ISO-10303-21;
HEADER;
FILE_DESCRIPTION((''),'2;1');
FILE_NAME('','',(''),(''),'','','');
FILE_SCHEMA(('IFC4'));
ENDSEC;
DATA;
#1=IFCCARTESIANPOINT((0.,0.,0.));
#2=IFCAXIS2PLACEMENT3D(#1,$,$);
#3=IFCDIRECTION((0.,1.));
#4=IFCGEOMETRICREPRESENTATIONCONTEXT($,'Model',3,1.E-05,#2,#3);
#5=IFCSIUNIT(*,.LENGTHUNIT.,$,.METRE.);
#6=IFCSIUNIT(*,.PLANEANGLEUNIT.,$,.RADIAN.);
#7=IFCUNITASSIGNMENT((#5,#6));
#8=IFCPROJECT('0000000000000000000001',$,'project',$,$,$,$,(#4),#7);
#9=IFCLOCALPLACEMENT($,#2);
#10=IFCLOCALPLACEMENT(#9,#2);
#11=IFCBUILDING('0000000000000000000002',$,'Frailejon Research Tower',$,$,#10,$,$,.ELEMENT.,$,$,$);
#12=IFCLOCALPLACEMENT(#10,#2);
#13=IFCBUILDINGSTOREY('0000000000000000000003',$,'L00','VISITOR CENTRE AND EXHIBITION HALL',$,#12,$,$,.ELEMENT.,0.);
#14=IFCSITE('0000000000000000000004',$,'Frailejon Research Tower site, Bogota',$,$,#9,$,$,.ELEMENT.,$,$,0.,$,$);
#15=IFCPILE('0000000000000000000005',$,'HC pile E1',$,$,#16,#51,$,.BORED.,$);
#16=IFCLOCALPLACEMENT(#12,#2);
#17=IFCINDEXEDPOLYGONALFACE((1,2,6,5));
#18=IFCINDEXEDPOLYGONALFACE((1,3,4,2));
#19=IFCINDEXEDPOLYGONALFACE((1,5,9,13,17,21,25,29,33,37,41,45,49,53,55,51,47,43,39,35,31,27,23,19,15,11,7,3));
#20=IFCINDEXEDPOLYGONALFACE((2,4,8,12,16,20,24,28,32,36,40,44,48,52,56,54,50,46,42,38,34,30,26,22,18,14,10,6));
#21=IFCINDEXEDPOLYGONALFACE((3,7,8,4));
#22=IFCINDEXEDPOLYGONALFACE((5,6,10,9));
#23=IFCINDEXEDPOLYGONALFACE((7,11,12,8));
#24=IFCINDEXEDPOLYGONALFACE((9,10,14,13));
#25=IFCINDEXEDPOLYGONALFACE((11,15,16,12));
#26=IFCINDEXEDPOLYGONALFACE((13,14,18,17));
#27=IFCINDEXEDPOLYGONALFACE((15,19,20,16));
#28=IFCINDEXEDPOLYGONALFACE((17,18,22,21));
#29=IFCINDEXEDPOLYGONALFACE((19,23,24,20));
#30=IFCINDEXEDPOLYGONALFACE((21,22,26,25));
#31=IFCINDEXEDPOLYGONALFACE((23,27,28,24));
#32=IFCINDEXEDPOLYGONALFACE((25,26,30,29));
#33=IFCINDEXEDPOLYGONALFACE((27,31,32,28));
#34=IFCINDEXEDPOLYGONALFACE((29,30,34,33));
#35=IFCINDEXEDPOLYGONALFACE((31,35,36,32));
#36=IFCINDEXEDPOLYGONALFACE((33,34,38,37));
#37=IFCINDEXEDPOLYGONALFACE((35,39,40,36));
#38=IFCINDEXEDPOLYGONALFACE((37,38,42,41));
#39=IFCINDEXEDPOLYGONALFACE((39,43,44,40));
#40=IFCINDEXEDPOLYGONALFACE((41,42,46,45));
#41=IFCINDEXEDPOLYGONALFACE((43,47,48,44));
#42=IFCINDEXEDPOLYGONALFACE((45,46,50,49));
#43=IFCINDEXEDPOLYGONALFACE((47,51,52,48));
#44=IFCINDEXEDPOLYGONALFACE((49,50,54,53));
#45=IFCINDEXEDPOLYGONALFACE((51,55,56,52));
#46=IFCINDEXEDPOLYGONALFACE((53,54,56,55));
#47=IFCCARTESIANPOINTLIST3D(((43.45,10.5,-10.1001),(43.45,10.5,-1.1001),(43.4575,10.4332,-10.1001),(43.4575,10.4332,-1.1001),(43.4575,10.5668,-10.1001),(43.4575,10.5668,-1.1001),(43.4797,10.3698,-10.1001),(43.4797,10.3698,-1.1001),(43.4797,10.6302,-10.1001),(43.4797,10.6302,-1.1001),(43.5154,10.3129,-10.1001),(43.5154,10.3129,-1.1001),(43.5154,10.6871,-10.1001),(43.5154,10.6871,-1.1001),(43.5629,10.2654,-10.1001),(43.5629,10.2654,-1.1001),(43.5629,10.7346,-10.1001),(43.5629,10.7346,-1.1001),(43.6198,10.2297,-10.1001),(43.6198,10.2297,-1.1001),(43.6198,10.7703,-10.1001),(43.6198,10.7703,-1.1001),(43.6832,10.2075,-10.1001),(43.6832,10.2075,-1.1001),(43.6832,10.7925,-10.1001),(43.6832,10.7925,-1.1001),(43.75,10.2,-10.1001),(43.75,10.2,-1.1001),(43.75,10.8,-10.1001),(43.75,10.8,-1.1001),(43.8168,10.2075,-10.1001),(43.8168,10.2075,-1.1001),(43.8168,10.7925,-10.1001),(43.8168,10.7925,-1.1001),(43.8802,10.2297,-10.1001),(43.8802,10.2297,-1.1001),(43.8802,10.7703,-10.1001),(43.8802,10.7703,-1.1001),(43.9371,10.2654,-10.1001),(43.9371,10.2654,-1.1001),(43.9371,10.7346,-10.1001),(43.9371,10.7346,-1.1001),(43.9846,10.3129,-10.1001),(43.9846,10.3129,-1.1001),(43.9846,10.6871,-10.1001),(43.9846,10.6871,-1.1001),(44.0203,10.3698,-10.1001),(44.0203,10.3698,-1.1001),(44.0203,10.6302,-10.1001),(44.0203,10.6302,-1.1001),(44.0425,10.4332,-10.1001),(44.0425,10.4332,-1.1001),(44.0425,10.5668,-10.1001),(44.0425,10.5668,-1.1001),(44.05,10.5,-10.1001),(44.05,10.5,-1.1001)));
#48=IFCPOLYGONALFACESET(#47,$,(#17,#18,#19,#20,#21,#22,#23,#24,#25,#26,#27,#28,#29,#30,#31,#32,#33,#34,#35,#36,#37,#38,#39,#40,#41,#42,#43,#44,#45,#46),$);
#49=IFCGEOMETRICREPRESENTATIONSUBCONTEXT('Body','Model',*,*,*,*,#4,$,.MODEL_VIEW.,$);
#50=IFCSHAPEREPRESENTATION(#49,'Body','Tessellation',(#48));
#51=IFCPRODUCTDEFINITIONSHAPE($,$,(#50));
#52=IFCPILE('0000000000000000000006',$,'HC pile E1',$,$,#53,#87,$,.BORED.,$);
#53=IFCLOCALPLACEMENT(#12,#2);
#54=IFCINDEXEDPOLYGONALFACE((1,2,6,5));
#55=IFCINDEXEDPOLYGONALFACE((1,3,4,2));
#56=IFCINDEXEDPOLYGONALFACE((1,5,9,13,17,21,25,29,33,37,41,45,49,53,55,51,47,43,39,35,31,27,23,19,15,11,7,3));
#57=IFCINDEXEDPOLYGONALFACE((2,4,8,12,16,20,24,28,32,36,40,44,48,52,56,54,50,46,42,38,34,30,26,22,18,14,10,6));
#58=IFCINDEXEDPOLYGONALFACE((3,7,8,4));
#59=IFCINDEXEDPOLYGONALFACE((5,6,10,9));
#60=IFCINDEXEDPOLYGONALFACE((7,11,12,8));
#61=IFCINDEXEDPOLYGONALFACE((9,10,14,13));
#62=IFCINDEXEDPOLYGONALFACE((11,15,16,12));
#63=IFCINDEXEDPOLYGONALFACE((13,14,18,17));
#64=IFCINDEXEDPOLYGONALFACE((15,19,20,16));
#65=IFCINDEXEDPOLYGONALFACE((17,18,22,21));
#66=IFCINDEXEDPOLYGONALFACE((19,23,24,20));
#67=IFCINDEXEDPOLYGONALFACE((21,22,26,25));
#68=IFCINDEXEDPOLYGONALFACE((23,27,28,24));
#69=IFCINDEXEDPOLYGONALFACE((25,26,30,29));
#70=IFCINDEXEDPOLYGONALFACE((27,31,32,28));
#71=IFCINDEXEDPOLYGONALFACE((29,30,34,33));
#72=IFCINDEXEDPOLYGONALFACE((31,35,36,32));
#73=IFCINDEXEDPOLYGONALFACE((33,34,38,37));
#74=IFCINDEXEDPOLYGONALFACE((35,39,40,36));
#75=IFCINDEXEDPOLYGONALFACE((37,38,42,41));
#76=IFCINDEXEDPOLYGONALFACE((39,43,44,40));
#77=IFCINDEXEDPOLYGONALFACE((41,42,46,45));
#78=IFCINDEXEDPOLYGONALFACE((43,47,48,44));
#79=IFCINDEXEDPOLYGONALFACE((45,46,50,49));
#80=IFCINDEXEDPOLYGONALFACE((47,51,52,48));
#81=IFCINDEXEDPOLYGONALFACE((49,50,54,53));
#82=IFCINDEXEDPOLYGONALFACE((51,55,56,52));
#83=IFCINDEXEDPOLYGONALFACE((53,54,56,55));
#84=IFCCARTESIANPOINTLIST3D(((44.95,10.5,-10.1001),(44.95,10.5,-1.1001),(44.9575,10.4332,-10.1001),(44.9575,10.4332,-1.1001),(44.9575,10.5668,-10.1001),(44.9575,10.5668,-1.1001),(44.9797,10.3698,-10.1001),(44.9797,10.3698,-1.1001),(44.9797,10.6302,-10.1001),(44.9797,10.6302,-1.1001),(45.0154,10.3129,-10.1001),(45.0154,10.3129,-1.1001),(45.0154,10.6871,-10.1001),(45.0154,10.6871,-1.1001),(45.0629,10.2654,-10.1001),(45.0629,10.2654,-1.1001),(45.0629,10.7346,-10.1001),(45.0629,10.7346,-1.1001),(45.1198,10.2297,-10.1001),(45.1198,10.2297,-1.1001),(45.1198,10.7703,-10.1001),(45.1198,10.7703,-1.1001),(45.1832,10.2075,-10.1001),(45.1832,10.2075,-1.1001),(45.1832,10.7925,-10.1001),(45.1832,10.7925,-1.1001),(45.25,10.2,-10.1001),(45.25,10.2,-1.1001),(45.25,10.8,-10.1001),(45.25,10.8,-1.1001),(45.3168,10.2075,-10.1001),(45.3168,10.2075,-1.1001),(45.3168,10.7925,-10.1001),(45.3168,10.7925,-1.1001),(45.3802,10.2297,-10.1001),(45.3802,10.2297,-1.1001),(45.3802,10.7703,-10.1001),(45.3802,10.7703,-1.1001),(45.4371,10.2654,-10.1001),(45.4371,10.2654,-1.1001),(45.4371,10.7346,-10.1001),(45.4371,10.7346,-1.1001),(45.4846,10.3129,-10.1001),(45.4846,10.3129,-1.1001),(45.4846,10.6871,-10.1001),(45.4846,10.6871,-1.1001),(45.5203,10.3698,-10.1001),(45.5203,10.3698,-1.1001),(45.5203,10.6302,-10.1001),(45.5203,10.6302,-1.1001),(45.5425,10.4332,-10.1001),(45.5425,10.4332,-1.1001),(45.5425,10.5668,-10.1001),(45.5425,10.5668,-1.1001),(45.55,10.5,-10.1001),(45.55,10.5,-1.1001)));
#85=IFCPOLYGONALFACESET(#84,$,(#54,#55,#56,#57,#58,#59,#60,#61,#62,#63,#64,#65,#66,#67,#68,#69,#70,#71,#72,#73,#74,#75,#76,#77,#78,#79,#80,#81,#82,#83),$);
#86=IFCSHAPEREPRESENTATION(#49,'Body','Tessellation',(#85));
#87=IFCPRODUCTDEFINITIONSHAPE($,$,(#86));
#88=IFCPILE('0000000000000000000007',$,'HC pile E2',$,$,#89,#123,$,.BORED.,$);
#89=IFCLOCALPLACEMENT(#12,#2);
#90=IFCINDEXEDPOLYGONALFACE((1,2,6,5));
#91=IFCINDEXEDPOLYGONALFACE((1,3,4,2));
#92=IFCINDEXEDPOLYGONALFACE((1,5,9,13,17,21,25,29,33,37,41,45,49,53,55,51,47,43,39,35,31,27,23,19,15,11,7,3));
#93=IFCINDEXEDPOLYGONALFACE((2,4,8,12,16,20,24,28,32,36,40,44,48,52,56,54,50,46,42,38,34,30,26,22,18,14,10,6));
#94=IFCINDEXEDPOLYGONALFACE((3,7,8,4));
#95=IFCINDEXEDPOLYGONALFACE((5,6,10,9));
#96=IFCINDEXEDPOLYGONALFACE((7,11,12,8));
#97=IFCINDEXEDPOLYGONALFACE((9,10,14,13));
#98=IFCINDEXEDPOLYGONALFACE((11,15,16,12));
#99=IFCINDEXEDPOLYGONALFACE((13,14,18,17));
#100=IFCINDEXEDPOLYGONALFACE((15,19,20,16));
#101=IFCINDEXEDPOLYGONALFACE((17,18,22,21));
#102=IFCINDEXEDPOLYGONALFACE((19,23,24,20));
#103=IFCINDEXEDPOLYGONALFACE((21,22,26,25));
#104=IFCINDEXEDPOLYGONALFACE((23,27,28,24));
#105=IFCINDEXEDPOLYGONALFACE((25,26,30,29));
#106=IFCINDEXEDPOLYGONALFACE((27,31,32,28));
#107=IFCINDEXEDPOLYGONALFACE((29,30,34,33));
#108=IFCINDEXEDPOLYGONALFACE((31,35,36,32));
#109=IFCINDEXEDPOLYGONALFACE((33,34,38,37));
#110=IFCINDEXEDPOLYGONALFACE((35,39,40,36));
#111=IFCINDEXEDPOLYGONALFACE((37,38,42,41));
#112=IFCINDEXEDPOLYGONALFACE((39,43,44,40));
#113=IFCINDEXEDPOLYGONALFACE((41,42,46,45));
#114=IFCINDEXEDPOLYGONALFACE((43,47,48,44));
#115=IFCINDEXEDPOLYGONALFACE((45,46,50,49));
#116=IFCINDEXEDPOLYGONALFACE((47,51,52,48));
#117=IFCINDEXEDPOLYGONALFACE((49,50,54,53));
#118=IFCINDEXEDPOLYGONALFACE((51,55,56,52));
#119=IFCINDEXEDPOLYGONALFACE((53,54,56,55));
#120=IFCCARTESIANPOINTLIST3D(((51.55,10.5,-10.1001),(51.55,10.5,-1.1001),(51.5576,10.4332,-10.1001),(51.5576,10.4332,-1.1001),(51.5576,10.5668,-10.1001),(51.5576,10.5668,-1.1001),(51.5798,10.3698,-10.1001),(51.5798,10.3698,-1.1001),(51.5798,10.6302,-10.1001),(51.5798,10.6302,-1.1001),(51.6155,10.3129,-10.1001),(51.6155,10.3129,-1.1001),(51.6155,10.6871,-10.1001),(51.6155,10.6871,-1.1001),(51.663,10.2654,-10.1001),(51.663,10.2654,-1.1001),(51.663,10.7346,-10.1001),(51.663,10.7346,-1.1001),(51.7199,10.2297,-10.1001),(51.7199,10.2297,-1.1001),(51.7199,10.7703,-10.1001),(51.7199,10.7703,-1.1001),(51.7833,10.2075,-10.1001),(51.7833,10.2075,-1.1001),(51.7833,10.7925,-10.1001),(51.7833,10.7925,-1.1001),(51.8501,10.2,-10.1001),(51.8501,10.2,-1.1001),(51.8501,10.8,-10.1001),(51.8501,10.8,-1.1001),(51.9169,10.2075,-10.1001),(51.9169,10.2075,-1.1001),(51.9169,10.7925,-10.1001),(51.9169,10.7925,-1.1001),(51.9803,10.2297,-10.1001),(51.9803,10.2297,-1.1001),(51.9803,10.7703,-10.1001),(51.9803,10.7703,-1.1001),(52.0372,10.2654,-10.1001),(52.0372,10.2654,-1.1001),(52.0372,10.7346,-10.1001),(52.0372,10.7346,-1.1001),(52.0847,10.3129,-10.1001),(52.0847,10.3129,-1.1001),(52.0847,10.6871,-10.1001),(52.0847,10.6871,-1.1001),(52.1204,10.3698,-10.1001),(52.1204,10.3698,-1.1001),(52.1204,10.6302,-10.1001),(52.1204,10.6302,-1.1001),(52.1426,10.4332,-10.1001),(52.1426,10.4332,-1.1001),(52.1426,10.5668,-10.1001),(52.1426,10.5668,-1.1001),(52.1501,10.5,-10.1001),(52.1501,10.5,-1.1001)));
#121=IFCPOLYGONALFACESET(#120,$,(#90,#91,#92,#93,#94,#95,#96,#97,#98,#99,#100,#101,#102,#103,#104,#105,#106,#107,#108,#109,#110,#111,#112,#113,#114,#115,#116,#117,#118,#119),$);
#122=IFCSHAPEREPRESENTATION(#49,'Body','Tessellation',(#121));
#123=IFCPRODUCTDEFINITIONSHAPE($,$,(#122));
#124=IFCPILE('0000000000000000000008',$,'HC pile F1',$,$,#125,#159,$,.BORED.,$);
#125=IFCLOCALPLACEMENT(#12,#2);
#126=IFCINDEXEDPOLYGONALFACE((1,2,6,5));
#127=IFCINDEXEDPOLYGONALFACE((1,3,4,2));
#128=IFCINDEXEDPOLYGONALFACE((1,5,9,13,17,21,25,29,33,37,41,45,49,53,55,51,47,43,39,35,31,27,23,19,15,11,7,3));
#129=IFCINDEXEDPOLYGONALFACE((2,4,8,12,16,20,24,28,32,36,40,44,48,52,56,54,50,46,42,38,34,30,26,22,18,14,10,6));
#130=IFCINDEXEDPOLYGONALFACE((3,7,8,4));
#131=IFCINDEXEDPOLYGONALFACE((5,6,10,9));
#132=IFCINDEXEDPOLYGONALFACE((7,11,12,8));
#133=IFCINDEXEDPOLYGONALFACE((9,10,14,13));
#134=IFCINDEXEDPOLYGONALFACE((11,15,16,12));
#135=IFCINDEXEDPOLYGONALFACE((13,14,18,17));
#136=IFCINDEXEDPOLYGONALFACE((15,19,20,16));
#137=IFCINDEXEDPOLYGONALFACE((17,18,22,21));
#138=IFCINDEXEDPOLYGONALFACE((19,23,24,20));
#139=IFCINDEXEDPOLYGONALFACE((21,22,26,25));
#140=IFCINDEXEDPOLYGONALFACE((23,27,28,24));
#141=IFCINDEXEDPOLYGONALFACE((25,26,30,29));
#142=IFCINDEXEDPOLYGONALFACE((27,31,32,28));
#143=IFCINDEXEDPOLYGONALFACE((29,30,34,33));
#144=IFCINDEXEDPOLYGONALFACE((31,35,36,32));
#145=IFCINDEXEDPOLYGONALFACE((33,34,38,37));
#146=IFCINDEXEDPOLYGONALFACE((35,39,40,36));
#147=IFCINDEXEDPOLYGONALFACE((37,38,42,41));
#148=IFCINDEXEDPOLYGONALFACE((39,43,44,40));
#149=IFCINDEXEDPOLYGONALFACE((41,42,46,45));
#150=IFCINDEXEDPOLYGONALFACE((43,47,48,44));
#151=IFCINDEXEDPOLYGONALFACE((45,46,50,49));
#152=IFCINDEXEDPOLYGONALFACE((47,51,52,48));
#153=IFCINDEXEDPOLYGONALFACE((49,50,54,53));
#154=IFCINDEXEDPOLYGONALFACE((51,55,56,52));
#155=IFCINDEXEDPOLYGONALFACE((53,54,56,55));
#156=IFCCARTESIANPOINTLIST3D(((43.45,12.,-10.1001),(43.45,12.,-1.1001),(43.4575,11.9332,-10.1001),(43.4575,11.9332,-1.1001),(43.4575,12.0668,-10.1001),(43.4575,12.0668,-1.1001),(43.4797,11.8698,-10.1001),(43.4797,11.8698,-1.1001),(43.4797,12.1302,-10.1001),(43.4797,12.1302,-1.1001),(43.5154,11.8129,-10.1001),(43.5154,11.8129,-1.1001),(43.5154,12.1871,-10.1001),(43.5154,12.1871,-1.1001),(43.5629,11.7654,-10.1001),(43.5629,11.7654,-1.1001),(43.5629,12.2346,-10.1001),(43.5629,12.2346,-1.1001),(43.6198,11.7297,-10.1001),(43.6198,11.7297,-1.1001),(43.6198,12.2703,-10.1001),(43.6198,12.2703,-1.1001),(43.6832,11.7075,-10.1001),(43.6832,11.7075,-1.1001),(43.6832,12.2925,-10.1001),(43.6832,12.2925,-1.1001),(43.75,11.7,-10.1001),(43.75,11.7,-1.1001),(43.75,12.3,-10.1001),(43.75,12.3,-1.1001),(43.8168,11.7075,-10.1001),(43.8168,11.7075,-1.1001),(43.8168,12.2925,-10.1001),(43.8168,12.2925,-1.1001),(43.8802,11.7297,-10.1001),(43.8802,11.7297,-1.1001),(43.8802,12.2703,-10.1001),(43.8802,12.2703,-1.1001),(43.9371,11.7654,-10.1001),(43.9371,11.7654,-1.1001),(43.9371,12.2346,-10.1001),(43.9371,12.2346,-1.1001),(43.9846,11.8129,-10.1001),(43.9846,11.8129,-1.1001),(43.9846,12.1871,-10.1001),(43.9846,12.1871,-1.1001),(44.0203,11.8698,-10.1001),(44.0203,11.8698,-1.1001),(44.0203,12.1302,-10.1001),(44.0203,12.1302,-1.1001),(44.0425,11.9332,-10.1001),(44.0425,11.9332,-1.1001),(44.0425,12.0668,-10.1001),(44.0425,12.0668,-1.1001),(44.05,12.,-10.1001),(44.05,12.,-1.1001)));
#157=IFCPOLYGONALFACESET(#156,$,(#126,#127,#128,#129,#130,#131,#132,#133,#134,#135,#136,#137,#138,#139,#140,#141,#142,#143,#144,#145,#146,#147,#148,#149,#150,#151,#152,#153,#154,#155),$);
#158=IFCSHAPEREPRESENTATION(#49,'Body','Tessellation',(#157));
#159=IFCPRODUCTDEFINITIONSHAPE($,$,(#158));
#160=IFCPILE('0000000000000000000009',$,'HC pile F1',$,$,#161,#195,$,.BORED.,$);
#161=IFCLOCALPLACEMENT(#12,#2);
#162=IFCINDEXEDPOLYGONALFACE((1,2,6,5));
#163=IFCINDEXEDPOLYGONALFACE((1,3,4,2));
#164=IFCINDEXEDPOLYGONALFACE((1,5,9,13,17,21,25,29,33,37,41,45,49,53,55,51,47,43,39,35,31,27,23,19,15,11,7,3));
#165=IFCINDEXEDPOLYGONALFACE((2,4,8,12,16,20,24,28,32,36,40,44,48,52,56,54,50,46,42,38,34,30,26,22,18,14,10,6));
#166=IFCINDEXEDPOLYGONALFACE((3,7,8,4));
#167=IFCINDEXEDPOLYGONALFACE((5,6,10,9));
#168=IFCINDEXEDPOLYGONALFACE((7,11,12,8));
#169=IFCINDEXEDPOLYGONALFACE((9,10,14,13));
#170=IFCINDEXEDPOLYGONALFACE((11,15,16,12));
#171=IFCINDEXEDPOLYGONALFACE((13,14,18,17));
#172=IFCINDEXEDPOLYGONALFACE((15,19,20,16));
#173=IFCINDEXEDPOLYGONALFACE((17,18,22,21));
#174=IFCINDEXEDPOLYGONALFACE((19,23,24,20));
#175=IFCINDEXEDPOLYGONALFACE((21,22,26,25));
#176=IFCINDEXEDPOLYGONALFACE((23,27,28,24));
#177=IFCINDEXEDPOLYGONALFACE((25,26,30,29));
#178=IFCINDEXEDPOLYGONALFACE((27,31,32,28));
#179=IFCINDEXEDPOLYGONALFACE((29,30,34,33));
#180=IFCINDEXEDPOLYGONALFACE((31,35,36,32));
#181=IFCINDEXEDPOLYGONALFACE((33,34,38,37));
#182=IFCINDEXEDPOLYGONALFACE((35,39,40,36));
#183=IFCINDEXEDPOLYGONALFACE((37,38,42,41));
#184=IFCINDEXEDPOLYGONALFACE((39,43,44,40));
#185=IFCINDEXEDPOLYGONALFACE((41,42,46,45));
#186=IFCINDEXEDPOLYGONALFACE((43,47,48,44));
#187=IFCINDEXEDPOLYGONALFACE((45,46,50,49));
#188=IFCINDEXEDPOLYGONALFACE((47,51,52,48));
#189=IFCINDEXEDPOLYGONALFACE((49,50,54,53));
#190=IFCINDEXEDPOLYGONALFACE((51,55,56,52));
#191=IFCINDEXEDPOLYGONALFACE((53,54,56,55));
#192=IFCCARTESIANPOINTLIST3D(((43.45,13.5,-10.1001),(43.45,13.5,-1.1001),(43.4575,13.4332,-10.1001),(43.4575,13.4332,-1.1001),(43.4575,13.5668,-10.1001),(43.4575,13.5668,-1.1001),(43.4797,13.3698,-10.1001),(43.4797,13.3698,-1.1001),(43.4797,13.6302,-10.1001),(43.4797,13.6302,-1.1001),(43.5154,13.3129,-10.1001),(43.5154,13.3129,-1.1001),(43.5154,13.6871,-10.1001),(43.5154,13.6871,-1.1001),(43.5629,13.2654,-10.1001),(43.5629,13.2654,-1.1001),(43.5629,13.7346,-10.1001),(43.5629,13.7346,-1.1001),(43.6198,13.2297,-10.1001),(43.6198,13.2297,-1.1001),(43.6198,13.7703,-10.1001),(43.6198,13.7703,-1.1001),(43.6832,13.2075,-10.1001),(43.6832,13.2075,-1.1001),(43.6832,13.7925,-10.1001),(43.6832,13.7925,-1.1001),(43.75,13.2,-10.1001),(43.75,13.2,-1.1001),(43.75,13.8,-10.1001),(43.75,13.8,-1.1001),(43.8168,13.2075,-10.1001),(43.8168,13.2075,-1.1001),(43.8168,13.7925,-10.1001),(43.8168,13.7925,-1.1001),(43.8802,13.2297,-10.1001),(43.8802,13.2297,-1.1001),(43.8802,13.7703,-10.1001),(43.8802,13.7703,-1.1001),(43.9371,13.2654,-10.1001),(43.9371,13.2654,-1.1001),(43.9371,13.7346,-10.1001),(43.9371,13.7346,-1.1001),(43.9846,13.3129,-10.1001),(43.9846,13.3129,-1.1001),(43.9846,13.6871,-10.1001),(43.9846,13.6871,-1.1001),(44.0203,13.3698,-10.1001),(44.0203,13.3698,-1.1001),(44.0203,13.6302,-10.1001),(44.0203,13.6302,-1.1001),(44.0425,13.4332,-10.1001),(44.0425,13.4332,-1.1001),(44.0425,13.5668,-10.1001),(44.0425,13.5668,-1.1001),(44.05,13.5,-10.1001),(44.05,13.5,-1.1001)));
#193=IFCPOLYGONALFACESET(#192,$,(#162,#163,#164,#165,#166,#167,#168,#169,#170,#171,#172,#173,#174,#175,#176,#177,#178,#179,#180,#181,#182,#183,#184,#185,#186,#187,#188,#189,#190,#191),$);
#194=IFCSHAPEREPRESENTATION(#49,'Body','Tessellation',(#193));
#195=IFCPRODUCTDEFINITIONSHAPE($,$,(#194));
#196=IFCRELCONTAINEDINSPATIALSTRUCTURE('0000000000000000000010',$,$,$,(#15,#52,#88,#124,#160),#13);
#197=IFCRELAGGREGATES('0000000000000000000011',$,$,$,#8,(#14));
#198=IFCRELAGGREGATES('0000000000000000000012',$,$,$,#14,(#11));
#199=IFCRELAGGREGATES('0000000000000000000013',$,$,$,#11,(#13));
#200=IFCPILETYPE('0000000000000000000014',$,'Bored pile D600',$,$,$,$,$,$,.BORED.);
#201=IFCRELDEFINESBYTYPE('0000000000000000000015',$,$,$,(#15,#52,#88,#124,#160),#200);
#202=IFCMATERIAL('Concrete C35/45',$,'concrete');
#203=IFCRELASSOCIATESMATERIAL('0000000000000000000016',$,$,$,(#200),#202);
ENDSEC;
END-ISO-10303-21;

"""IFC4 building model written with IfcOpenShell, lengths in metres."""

from ifc_helpers import new_model, si_unit, direction, frame, origin, origin_2d, place, context, subcontext, project, spatial, circle, extrude, material, material_profile, profile_set, type_object, element, save


model = new_model("IFC4")

# Units and contexts
model_context = context("Model", 3, precision=1e-05, world=origin(), true_north=direction((0.0, 1.0)))
body_context = subcontext(model_context, "Body", "Model", "MODEL_VIEW")
ifc_project = project(units=[si_unit("LENGTHUNIT", "METRE"), si_unit("PLANEANGLEUNIT", "RADIAN")], contexts=[model_context])

# Site, building, storey
site_placement = place(None, origin())
site = spatial("IfcSite", under=ifc_project, at=site_placement, Name="Frailejon Research Tower site, Bogota", CompositionType="ELEMENT", RefElevation=0.0)
building_placement = place(site_placement, origin())
building = spatial("IfcBuilding", under=site, at=building_placement, Name="Frailejon Research Tower", CompositionType="ELEMENT")
storey_placement = place(building_placement, origin())
storey = spatial("IfcBuildingStorey", under=building, at=storey_placement, Name="L00", Description="VISITOR CENTRE AND EXHIBITION HALL", CompositionType="ELEMENT", Elevation=0.0)

# Piles
ifc_material_1 = material(Name="Concrete C35/45", Category="concrete")
ifc_material_profile_1 = material_profile(ifc_material_1, circle(Radius=0.3, at=origin_2d()), Name="Bored pile D600")
ifc_profile_set_1 = profile_set([ifc_material_profile_1], Name="Concrete C35/45")
pile_type = type_object("IfcPileType", Name="Bored pile D600", PredefinedType="BORED", material=ifc_profile_set_1)
for number, where, z_axis, x_axis, name in (
    (1, (43.75, 10.5, -1.1001), (0.0, 0.0, -1.0), (1.0, 0.0, 0.0), "HC pile E1"),
    (2, (45.25, 10.5, -1.1001), (0.0, 0.0, -1.0), (1.0, 0.0, 0.0), "HC pile E1"),
    (3, (51.8501, 10.5, -1.1001), (0.0, 0.0, -1.0), (1.0, 0.0, 0.0), "HC pile E2"),
    (4, (43.75, 12.0, -1.1001), (0.0, 0.0, -1.0), (1.0, 0.0, 0.0), "HC pile F1"),
    (5, (43.75, 13.5, -1.1001), (0.0, 0.0, -1.0), (1.0, 0.0, 0.0), "HC pile F1"),
):
    element("IfcPile", number, at=place(storey_placement, frame(where, z_axis=z_axis, x_axis=x_axis)), inside=storey, type_object=pile_type, Name=name, PredefinedType="BORED", context=body_context, shape_type="SweptSolid", body=[
        extrude(circle(Radius=0.3, at=origin_2d()), origin(), (0.0, 0.0, 1.0), 9.0),
    ])

save(model, "model.ifc")
